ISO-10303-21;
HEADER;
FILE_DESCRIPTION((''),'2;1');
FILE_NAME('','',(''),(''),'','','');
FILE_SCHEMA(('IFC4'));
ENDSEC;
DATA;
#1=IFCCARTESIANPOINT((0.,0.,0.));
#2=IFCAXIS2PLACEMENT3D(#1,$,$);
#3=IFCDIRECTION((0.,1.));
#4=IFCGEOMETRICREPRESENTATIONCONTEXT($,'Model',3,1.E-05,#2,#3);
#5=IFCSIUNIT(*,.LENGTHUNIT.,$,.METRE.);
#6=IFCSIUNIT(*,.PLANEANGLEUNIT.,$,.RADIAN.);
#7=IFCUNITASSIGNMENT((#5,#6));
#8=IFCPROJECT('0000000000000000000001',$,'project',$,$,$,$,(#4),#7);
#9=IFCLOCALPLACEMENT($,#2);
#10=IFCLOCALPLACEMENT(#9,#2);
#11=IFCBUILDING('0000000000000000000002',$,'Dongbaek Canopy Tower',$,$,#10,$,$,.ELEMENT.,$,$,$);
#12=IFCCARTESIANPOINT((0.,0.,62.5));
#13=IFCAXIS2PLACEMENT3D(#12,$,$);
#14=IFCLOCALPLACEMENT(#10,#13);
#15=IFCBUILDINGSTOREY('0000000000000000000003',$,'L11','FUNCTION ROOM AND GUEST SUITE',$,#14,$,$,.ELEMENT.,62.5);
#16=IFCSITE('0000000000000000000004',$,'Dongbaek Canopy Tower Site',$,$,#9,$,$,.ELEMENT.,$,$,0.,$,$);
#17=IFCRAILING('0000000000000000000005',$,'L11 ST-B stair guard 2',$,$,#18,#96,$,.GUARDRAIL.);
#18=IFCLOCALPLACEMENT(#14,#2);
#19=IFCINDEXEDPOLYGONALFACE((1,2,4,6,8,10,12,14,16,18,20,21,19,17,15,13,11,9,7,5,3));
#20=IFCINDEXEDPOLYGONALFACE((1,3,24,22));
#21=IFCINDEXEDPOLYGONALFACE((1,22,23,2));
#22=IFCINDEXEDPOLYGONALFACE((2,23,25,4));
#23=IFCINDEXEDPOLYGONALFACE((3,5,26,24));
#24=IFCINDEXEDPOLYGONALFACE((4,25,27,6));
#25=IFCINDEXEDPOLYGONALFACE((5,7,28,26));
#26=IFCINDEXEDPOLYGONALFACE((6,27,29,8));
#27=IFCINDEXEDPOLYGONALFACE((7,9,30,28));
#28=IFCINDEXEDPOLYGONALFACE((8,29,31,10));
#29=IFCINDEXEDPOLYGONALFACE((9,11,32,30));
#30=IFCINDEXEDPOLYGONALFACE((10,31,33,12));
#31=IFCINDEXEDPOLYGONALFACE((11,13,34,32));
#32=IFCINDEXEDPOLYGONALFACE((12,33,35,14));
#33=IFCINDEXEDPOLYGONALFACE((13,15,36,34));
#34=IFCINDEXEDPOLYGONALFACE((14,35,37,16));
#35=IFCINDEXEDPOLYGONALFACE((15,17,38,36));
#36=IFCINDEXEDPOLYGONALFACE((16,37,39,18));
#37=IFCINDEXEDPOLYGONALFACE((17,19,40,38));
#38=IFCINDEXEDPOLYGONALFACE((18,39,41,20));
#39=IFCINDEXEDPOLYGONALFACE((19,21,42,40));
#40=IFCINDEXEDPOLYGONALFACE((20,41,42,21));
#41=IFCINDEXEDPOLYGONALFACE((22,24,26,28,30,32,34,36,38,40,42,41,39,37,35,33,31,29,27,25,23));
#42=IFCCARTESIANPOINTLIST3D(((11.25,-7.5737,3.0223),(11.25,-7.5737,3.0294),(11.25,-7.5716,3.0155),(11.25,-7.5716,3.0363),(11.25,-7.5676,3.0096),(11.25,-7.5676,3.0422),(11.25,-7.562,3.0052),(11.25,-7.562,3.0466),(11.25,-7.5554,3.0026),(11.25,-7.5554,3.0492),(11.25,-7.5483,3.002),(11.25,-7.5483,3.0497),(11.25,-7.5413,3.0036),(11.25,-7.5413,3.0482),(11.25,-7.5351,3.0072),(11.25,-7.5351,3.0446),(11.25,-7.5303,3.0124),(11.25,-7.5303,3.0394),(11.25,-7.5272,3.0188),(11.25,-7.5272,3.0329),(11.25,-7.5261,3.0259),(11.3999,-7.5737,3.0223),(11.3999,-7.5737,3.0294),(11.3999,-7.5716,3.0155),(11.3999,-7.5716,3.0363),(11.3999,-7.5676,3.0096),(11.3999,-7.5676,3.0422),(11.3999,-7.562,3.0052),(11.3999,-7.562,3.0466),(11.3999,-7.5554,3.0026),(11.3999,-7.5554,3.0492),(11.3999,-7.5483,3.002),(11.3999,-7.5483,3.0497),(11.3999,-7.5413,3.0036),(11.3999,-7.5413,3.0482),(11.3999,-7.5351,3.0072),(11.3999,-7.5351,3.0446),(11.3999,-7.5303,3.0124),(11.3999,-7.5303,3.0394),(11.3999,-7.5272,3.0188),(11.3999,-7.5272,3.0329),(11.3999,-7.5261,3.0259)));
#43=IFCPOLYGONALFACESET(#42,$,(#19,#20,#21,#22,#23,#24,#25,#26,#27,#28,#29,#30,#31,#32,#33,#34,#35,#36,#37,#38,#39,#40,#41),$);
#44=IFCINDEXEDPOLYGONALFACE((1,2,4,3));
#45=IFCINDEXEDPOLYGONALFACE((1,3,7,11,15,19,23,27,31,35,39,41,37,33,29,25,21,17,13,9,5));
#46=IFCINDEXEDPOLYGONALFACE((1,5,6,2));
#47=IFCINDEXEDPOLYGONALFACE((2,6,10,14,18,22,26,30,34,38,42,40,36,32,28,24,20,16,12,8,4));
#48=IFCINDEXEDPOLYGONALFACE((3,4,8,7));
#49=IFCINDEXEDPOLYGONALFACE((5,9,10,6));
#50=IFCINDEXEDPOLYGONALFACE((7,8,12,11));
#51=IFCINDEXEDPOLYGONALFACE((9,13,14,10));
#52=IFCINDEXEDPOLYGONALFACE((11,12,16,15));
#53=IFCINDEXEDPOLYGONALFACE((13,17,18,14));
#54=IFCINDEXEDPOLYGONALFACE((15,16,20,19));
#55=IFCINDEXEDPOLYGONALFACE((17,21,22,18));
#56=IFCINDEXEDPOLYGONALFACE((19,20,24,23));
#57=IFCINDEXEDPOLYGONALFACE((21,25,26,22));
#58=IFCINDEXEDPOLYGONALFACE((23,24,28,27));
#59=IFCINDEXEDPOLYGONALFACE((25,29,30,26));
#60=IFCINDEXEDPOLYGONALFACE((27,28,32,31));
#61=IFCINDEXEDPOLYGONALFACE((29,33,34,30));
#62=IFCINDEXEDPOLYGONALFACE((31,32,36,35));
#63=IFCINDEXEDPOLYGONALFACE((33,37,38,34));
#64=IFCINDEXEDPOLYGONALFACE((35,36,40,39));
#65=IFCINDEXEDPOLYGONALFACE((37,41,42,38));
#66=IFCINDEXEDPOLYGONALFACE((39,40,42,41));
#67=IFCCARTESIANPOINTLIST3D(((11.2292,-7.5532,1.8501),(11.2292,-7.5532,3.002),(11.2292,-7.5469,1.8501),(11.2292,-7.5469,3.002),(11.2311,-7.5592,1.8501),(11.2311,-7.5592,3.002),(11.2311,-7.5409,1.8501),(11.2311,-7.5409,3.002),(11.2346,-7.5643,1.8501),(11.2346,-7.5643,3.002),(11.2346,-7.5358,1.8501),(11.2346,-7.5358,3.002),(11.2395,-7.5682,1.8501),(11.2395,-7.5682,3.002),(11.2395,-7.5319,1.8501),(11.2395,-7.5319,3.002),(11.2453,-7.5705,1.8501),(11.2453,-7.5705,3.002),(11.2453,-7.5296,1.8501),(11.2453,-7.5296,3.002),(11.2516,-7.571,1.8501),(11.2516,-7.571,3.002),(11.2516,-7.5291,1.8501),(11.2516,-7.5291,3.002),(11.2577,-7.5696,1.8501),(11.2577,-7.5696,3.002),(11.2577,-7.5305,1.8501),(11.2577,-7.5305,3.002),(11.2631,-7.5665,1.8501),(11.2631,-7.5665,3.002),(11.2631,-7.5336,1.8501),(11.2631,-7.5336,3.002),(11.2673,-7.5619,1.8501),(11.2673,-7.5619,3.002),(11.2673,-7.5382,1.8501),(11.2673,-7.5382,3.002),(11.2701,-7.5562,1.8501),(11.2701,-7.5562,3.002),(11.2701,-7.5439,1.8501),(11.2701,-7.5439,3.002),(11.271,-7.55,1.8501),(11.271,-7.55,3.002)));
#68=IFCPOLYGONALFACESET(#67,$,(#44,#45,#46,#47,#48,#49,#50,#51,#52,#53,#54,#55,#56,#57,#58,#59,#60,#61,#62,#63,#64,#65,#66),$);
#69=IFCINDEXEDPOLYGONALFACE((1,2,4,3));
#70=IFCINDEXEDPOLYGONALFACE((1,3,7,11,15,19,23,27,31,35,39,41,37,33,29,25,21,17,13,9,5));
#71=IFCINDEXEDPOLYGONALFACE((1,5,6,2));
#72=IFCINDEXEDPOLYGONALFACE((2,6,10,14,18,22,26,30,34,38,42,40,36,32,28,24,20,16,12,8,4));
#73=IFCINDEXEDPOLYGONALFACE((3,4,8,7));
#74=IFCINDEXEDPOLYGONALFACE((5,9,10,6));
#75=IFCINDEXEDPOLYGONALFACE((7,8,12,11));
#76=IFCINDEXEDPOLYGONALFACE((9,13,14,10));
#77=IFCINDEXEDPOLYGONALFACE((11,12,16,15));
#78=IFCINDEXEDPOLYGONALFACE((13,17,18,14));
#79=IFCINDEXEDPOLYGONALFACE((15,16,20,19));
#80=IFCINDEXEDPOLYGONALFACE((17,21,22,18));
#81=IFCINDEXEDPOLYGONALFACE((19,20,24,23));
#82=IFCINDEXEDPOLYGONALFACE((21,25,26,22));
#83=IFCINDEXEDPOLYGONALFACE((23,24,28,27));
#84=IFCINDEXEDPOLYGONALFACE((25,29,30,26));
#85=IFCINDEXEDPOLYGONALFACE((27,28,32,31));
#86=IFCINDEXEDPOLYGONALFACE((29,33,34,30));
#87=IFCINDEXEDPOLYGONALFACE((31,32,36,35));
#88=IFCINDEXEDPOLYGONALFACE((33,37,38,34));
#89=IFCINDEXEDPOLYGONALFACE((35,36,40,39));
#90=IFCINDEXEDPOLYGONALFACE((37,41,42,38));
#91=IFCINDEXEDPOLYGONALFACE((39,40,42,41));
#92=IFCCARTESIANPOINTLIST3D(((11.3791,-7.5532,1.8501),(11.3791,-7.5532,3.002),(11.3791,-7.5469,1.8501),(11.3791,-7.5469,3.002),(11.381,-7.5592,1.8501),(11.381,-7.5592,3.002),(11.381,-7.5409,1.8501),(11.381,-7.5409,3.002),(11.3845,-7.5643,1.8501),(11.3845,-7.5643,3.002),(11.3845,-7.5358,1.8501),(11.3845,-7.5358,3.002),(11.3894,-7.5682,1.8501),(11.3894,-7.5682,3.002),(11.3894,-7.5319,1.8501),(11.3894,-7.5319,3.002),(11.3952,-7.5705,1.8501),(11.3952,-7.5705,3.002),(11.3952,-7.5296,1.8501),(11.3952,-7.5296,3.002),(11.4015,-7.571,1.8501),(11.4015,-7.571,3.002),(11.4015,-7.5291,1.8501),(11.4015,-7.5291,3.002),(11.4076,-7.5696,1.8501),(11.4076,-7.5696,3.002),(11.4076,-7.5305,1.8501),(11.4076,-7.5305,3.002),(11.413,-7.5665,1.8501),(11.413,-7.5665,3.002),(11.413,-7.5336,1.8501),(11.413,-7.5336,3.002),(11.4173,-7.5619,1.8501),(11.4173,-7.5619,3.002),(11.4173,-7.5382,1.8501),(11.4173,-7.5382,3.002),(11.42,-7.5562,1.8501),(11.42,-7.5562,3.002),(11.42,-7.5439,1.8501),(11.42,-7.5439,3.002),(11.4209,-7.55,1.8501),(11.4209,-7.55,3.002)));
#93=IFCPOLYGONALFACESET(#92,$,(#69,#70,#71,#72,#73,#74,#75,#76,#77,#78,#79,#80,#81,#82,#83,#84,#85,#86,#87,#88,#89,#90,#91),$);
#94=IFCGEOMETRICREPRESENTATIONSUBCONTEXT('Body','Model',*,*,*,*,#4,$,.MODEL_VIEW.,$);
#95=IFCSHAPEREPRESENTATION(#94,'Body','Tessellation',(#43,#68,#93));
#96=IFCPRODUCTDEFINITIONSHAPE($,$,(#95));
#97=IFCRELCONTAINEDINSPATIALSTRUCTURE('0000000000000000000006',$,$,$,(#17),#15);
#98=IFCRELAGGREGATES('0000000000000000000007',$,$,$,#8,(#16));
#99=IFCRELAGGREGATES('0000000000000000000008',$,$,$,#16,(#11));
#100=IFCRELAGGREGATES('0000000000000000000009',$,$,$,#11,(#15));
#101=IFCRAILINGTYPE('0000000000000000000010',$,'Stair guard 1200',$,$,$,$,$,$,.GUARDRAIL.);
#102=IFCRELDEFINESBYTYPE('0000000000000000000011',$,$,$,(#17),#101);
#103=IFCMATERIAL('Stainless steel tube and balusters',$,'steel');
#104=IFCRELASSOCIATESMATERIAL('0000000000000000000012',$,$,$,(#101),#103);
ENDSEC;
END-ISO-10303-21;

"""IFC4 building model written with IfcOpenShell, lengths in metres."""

from ifc_helpers import new_model, si_unit, direction, frame, origin, origin_2d, place, context, subcontext, project, spatial, circle, extrude, material, type_object, element, save


model = new_model("IFC4")

# Units and contexts
model_context = context("Model", 3, precision=1e-05, world=origin(), true_north=direction((0.0, 1.0)))
body_context = subcontext(model_context, "Body", "Model", "MODEL_VIEW")
ifc_project = project(units=[si_unit("LENGTHUNIT", "METRE"), si_unit("PLANEANGLEUNIT", "RADIAN")], contexts=[model_context])

# Site, building, storey
site_placement = place(None, origin())
site = spatial("IfcSite", under=ifc_project, at=site_placement, Name="Dongbaek Canopy Tower Site", CompositionType="ELEMENT", RefElevation=0.0)
building_placement = place(site_placement, origin())
building = spatial("IfcBuilding", under=site, at=building_placement, Name="Dongbaek Canopy Tower", CompositionType="ELEMENT")
storey_placement = place(building_placement, frame((0.0, 0.0, 62.5)))
storey = spatial("IfcBuildingStorey", under=building, at=storey_placement, Name="L11", Description="FUNCTION ROOM AND GUEST SUITE", CompositionType="ELEMENT", Elevation=62.5)

# Railing
ifc_material_1 = material(Name="Stainless steel tube and balusters", Category="steel")
railing_type_1 = type_object("IfcRailingType", Name="Stair guard 1200", PredefinedType="GUARDRAIL", material=ifc_material_1)
railing_1_placement = place(storey_placement, frame((11.25, -7.55, 1.8501)))
element("IfcRailing", 1, at=railing_1_placement, inside=storey, type_object=railing_type_1, Name="L11 ST-B stair guard 2", PredefinedType="GUARDRAIL", context=body_context, shape_type="SweptSolid", body=[
    extrude(circle(Radius=0.0239, at=origin_2d()), frame((0.0, 0.0, 1.1758), z_axis=(1.0, 0.0, 0.0), x_axis=(0.0, 1.0, 0.0)), (0.0, 0.0, 1.0), 0.1499),
    extrude(circle(Radius=0.021, at=origin_2d()), origin(), (0.0, 0.0, 1.0), 1.1519),
    extrude(circle(Radius=0.021, at=origin_2d()), frame((0.1499, 0.0, 0.0)), (0.0, 0.0, 1.0), 1.1519),
])

save(model, "model.ifc")
